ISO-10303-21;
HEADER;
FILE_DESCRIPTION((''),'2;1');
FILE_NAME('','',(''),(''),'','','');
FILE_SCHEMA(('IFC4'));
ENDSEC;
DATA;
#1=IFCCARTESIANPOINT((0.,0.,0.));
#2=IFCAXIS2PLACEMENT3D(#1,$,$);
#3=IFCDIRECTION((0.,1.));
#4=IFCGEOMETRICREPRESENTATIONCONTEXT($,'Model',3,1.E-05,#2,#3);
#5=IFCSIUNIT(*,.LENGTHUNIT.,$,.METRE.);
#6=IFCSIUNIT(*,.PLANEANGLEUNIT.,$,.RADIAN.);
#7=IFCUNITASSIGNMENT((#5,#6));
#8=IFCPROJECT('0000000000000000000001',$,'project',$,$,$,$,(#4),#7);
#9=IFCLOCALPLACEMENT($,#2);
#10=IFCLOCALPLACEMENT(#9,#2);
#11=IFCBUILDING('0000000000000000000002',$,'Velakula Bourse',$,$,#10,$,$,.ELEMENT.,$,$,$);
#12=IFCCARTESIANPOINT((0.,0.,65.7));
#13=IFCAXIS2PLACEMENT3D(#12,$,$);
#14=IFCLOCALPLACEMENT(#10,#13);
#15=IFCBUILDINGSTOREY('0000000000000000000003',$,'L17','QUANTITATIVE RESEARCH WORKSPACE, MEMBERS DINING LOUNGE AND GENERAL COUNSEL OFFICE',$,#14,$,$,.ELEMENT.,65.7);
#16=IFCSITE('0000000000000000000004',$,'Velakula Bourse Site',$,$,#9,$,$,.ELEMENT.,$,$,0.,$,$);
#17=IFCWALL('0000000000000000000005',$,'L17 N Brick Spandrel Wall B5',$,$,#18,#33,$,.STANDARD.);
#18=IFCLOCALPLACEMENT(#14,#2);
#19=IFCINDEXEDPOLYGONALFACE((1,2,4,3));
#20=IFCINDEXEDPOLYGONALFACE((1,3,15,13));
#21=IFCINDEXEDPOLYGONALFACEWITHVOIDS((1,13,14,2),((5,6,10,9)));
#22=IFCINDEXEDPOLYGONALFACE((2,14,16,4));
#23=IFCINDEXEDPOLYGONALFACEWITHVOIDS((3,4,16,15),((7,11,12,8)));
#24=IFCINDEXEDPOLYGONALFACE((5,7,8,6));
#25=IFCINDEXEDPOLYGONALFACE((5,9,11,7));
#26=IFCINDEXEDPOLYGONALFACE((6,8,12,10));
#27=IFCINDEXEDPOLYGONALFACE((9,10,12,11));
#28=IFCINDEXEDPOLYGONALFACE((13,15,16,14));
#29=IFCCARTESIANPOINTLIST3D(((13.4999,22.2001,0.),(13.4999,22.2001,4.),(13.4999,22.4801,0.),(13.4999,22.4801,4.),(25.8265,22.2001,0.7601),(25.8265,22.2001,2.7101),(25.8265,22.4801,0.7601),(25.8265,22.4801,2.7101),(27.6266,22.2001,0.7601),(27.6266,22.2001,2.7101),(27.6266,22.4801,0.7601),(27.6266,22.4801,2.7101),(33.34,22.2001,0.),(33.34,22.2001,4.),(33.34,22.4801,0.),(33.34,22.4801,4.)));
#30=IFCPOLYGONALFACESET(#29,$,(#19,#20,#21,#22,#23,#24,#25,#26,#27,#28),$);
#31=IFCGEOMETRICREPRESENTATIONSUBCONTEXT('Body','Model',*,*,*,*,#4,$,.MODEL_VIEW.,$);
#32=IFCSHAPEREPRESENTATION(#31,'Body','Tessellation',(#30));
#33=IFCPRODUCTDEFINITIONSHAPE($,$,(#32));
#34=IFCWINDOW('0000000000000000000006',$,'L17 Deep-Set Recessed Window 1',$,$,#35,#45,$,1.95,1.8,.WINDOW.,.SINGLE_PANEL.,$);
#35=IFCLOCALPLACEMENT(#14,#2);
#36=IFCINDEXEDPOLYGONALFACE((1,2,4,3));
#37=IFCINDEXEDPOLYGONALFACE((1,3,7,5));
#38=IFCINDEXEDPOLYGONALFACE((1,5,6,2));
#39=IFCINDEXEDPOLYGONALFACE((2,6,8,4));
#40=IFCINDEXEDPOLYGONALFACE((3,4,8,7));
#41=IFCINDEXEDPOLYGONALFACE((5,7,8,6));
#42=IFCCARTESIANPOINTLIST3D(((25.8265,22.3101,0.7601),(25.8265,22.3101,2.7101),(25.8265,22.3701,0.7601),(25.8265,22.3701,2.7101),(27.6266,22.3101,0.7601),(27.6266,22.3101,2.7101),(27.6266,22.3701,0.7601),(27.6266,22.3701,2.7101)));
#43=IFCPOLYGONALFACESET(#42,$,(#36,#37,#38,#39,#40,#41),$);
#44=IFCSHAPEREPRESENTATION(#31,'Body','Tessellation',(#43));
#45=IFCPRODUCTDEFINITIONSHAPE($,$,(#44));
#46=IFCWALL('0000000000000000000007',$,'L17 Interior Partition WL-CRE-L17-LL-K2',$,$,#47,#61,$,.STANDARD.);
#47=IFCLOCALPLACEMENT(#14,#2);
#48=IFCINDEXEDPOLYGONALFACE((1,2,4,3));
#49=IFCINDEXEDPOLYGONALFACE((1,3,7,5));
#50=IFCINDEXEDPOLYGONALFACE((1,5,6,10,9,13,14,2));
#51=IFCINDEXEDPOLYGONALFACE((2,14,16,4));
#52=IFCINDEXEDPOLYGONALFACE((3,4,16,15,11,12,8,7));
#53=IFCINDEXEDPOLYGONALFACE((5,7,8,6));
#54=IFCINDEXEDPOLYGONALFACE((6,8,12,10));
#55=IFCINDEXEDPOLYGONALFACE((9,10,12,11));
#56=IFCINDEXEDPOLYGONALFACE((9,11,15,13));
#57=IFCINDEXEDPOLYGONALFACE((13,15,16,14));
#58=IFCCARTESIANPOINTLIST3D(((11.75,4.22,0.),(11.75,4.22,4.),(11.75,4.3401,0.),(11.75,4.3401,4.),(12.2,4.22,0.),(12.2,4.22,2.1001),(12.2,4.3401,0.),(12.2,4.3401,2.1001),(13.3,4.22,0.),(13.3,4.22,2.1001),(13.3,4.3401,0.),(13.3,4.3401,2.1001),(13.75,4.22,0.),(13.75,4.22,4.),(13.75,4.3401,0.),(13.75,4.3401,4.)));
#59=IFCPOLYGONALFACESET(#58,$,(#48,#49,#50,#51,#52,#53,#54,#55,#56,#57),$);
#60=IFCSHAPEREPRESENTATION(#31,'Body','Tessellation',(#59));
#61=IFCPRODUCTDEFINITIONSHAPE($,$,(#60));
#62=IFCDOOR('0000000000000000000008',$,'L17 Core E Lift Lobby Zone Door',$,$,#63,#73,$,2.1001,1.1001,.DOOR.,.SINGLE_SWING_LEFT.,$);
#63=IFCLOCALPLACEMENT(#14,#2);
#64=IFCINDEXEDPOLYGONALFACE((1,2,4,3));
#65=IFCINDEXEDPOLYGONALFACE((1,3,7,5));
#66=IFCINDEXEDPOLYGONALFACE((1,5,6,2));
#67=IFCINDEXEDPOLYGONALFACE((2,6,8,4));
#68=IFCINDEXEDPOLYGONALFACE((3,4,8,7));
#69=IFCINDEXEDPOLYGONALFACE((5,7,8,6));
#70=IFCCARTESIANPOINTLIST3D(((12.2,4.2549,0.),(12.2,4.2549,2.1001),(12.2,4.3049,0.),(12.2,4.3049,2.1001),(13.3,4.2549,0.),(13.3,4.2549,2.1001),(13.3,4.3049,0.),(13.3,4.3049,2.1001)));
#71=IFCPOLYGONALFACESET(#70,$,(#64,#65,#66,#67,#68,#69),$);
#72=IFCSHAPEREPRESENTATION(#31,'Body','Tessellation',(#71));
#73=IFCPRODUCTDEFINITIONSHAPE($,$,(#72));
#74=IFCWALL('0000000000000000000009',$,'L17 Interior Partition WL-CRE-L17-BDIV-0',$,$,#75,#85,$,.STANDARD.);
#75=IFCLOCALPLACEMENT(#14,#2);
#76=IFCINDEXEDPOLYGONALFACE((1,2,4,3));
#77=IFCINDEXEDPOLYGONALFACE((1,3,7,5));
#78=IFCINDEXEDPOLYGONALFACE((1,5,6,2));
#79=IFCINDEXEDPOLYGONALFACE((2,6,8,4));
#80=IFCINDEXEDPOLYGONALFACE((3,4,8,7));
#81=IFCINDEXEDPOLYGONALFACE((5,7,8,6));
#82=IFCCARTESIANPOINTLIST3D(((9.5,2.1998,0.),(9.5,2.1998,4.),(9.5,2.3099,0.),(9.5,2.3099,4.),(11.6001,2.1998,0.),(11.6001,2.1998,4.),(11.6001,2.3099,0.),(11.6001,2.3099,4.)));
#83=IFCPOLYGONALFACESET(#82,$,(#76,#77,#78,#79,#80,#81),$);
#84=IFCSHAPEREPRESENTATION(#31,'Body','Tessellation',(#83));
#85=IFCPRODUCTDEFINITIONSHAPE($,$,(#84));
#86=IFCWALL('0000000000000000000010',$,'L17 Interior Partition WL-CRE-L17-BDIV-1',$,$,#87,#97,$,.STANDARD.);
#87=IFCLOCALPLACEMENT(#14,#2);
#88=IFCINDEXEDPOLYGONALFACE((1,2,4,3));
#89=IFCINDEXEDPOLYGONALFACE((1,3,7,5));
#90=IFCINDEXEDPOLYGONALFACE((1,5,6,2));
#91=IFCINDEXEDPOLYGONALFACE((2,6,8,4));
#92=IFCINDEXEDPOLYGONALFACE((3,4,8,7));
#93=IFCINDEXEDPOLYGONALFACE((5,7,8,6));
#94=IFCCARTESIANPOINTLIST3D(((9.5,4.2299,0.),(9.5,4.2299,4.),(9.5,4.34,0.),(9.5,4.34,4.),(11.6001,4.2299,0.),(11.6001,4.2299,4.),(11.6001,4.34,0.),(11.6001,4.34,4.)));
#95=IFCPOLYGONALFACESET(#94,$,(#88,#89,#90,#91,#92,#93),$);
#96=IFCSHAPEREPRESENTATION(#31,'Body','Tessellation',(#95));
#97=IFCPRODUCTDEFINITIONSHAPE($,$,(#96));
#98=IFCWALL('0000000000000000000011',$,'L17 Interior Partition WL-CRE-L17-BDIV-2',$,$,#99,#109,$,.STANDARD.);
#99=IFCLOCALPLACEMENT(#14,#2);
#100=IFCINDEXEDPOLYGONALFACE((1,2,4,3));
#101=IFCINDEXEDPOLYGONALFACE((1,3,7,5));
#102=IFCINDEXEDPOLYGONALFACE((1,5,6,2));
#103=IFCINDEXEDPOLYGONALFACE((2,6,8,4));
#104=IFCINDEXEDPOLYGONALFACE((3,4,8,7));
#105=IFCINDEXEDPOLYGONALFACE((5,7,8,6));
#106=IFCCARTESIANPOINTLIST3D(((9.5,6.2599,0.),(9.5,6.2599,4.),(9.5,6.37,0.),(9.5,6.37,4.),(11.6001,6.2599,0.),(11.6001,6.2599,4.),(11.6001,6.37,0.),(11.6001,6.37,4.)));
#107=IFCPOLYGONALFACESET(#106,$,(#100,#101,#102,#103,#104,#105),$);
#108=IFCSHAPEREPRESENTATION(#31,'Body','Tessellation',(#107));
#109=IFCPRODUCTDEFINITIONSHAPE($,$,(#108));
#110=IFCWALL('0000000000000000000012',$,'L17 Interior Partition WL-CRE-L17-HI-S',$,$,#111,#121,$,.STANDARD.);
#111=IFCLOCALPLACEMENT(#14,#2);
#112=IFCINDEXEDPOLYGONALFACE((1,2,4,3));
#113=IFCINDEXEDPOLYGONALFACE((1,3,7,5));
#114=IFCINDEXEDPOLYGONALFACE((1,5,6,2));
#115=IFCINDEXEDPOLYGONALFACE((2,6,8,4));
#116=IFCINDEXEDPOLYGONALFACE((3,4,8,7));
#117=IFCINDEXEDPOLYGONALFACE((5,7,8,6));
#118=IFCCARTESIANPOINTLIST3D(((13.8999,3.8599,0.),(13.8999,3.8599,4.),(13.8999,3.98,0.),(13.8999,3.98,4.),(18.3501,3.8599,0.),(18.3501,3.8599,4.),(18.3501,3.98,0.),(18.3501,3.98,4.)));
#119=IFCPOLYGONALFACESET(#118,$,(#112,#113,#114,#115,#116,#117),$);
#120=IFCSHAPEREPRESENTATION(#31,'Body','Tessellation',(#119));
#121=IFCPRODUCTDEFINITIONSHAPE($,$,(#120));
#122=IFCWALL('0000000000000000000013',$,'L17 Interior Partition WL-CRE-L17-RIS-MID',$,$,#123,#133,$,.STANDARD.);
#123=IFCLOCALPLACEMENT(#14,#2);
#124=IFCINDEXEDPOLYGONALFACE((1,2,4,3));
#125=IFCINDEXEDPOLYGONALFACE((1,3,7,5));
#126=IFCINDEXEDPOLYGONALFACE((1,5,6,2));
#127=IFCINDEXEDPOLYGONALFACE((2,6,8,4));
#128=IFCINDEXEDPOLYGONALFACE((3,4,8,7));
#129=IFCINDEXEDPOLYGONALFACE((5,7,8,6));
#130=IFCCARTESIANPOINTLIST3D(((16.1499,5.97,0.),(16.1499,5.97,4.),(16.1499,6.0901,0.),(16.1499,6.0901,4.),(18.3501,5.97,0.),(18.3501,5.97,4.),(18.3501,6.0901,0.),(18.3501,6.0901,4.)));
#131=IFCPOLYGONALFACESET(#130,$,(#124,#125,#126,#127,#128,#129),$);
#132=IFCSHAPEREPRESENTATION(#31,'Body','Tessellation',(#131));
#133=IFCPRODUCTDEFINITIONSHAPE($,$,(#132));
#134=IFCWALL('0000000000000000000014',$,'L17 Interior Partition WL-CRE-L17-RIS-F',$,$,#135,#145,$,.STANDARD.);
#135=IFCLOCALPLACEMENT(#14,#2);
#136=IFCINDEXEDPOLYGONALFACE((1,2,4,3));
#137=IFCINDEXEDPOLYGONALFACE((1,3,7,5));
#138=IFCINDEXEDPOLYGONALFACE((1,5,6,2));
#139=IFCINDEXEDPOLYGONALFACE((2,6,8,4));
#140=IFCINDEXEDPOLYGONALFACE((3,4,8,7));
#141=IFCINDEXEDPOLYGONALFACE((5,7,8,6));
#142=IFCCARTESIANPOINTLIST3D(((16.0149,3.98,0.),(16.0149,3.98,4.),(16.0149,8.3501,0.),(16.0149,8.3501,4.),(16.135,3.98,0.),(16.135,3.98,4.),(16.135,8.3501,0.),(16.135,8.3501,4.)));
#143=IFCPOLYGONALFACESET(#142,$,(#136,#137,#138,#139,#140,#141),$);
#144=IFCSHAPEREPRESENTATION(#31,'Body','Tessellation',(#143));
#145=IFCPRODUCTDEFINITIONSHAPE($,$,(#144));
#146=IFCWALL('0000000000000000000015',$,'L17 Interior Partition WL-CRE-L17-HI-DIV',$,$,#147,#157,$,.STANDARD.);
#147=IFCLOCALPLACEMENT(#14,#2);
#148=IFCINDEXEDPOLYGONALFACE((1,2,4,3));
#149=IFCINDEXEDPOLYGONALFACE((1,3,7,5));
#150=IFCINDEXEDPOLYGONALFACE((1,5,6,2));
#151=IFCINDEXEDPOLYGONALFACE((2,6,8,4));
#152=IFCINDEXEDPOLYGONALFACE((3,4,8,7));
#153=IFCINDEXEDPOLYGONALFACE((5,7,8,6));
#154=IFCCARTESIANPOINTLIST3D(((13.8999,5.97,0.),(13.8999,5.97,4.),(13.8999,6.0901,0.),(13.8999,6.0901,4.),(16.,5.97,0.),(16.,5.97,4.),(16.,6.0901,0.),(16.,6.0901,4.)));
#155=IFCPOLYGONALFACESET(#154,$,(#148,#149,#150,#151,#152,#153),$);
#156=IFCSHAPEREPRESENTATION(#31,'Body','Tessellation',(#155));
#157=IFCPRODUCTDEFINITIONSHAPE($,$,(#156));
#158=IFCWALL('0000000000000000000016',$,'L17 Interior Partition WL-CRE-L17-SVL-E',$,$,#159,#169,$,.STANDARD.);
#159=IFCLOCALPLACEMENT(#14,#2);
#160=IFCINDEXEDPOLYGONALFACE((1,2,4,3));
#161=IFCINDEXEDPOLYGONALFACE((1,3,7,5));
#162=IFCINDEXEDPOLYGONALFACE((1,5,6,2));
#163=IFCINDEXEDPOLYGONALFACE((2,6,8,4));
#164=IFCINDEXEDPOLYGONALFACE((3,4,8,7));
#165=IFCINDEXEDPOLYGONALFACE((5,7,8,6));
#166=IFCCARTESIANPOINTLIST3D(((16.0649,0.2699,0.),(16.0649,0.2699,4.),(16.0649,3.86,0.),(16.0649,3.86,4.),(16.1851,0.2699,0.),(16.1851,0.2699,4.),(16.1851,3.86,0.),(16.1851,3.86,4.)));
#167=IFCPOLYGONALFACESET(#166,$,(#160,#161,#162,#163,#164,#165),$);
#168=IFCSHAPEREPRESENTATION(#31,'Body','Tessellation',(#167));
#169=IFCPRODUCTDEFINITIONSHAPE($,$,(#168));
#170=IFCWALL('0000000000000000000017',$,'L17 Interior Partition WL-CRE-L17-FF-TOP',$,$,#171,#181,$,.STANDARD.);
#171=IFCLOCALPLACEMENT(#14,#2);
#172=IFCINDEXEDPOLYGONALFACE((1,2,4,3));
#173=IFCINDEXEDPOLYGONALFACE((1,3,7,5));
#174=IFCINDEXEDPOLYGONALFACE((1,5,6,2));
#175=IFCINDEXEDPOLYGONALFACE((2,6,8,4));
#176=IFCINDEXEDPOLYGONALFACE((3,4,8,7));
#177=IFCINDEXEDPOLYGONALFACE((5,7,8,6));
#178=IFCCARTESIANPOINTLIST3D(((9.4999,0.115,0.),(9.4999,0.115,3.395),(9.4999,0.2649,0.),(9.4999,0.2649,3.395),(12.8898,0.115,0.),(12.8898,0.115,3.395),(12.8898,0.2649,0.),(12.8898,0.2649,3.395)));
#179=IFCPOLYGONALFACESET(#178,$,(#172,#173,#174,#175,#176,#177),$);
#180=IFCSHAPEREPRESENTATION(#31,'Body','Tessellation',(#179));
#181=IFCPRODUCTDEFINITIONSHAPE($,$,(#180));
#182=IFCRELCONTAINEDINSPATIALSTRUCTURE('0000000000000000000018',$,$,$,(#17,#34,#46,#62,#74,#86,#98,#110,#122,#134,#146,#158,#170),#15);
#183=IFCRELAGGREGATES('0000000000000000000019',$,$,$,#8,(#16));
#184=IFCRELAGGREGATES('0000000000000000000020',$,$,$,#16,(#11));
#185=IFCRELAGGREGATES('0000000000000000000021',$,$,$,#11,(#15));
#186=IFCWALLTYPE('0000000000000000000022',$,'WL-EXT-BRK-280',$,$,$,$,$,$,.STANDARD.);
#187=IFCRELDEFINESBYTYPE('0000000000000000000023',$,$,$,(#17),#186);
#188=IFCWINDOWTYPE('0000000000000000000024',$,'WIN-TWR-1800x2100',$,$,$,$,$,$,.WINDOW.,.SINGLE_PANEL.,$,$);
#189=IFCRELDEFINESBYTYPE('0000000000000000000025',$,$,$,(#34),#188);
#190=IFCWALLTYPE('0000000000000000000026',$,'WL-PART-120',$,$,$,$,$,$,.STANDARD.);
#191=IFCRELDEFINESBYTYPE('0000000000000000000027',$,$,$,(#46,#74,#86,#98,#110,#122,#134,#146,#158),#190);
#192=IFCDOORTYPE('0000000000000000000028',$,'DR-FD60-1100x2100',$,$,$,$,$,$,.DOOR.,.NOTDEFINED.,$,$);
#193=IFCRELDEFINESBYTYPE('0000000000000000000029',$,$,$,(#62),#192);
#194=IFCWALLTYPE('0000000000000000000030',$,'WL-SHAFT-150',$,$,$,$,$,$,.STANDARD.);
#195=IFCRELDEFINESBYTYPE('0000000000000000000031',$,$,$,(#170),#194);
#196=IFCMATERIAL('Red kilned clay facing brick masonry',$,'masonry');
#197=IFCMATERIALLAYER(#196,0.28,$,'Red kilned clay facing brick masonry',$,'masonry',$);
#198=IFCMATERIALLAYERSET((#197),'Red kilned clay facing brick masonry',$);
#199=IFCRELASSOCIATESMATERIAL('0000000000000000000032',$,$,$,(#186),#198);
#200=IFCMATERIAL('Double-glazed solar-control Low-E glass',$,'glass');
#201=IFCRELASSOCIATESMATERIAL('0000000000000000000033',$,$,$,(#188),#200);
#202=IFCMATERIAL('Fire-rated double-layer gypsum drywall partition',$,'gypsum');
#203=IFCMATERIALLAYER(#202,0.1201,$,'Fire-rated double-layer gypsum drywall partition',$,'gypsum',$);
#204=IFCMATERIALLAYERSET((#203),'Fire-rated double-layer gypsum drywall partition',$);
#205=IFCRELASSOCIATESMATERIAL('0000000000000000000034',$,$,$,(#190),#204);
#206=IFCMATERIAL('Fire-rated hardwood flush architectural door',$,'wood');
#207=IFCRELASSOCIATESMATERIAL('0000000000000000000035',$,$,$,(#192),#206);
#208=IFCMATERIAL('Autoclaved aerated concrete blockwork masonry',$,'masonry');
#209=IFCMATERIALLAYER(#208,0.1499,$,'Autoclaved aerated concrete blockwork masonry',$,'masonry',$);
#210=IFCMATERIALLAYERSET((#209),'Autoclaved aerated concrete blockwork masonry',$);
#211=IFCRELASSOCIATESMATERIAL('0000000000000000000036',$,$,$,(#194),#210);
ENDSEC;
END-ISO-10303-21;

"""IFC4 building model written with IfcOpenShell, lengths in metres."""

from ifc_helpers import new_model, si_unit, direction, frame, frame_2d, origin, place, context, subcontext, project, spatial, rectangle, extrude, material, layer, layer_set, type_object, element, fill, save


model = new_model("IFC4")

# Units and contexts
model_context = context("Model", 3, precision=1e-05, world=origin(), true_north=direction((0.0, 1.0)))
body_context = subcontext(model_context, "Body", "Model", "MODEL_VIEW")
ifc_project = project(units=[si_unit("LENGTHUNIT", "METRE"), si_unit("PLANEANGLEUNIT", "RADIAN")], contexts=[model_context])

# Site, building, storey
site_placement = place(None, origin())
site = spatial("IfcSite", under=ifc_project, at=site_placement, Name="Velakula Bourse Site", CompositionType="ELEMENT", RefElevation=0.0)
building_placement = place(site_placement, origin())
building = spatial("IfcBuilding", under=site, at=building_placement, Name="Velakula Bourse", CompositionType="ELEMENT")
storey_placement = place(building_placement, frame((0.0, 0.0, 65.7)))
storey = spatial("IfcBuildingStorey", under=building, at=storey_placement, Name="L17", Description="QUANTITATIVE RESEARCH WORKSPACE, MEMBERS DINING LOUNGE AND GENERAL COUNSEL OFFICE", CompositionType="ELEMENT", Elevation=65.7)

# Wall, opening, window
ifc_material_1 = material(Name="Red kilned clay facing brick masonry", Category="masonry")
ifc_layer_1 = layer(ifc_material_1, 0.28, Name="Red kilned clay facing brick masonry", Category="masonry")
ifc_layer_set_1 = layer_set([ifc_layer_1], Name="Red kilned clay facing brick masonry")
wall_type_1 = type_object("IfcWallType", Name="WL-EXT-BRK-280", PredefinedType="STANDARD", material=ifc_layer_set_1)
wall_1_placement = place(storey_placement, frame((13.5, 22.3401, 0.0), z_axis=(0.0, 0.0, 1.0), x_axis=(1.0, 0.0, 0.0)))
wall_1 = element("IfcWall", 1, at=wall_1_placement, inside=storey, type_object=wall_type_1, Name="L17 N Brick Spandrel Wall B5", PredefinedType="STANDARD", context=body_context, shape_type="SweptSolid", body=[
    extrude(rectangle(XDim=19.8401, YDim=0.28, at=frame_2d((9.9199, 0.0))), origin(), (0.0, 0.0, 1.0), 4.0),
])
opening_1_placement = place(wall_1_placement, frame((12.3267, 0.0, 0.76)))
opening_1 = element("IfcOpeningElement", 2, at=opening_1_placement, cuts=wall_1, PredefinedType="OPENING", context=body_context, shape_type="SweptSolid", body=[
    extrude(rectangle(XDim=1.8, YDim=1.95, at=frame_2d((0.8999, 0.9751))), frame((0.0, 0.1499, 0.0), z_axis=(0.0, -1.0, 0.0), x_axis=(1.0, 0.0, 0.0)), (0.0, 0.0, 1.0), 0.3),
])
ifc_material_2 = material(Name="Double-glazed solar-control Low-E glass", Category="glass")
window_type = type_object("IfcWindowType", Name="WIN-TWR-1800x2100", PartitioningType="SINGLE_PANEL", PredefinedType="WINDOW", material=ifc_material_2)
window_placement = place(opening_1_placement, origin())
window = element("IfcWindow", 3, at=window_placement, inside=storey, type_object=window_type, Name="L17 Deep-Set Recessed Window 1", OverallHeight=1.95, OverallWidth=1.8, PartitioningType="SINGLE_PANEL", PredefinedType="WINDOW", context=body_context, shape_type="SweptSolid", body=[
    extrude(rectangle(XDim=1.8, YDim=1.95, at=frame_2d((0.8999, 0.9751))), frame((0.0, 0.03, 0.0), z_axis=(0.0, -1.0, 0.0), x_axis=(1.0, 0.0, 0.0)), (0.0, 0.0, 1.0), 0.0601),
])
fill(opening_1, window)

# Wall, opening, door
ifc_material_3 = material(Name="Fire-rated double-layer gypsum drywall partition", Category="gypsum")
ifc_layer_2 = layer(ifc_material_3, 0.1201, Name="Fire-rated double-layer gypsum drywall partition", Category="gypsum")
ifc_layer_set_2 = layer_set([ifc_layer_2], Name="Fire-rated double-layer gypsum drywall partition")
wall_type_2 = type_object("IfcWallType", Name="WL-PART-120", PredefinedType="STANDARD", material=ifc_layer_set_2)
wall_2_placement = place(storey_placement, frame((11.75, 4.28, 0.0), z_axis=(0.0, 0.0, 1.0), x_axis=(1.0, 0.0, 0.0)))
wall_2 = element("IfcWall", 4, at=wall_2_placement, inside=storey, type_object=wall_type_2, Name="L17 Interior Partition WL-CRE-L17-LL-K2", PredefinedType="STANDARD", context=body_context, shape_type="SweptSolid", body=[
    extrude(rectangle(XDim=2.0, YDim=0.1201, at=frame_2d((1.0, 0.0))), origin(), (0.0, 0.0, 1.0), 4.0),
])
opening_2_placement = place(wall_2_placement, frame((0.45, 0.0, 0.0)))
opening_2 = element("IfcOpeningElement", 5, at=opening_2_placement, cuts=wall_2, PredefinedType="OPENING", context=body_context, shape_type="SweptSolid", body=[
    extrude(rectangle(XDim=1.1001, YDim=2.1001, at=frame_2d((0.55, 1.05))), frame((0.0, 0.0701, 0.0), z_axis=(0.0, -1.0, 0.0), x_axis=(1.0, 0.0, 0.0)), (0.0, 0.0, 1.0), 0.1401),
])
ifc_material_4 = material(Name="Fire-rated hardwood flush architectural door", Category="wood")
door_type_1 = type_object("IfcDoorType", Name="DR-FD60-1100x2100", OperationType="NOTDEFINED", PredefinedType="DOOR", material=ifc_material_4)
door_1_placement = place(opening_2_placement, origin())
door_1 = element("IfcDoor", 6, at=door_1_placement, inside=storey, type_object=door_type_1, Name="L17 Core E Lift Lobby Zone Door", OperationType="SINGLE_SWING_LEFT", OverallHeight=2.1001, OverallWidth=1.1001, PredefinedType="DOOR", context=body_context, shape_type="SweptSolid", body=[
    extrude(rectangle(XDim=1.1001, YDim=2.1001, at=frame_2d((0.55, 1.05))), frame((0.0, 0.0249, 0.0), z_axis=(0.0, -1.0, 0.0), x_axis=(1.0, 0.0, 0.0)), (0.0, 0.0, 1.0), 0.05),
])
fill(opening_2, door_1)

# Walls
for number, where, z_axis, x_axis, name in (
    (7, (9.5, 2.2549, 0.0), (0.0, 0.0, 1.0), (1.0, 0.0, 0.0), "L17 Interior Partition WL-CRE-L17-BDIV-0"),
    (8, (9.5, 4.2849, 0.0), (0.0, 0.0, 1.0), (1.0, 0.0, 0.0), "L17 Interior Partition WL-CRE-L17-BDIV-1"),
    (9, (9.5, 6.3149, 0.0), (0.0, 0.0, 1.0), (1.0, 0.0, 0.0), "L17 Interior Partition WL-CRE-L17-BDIV-2"),
):
    element("IfcWall", number, at=place(storey_placement, frame(where, z_axis=z_axis, x_axis=x_axis)), inside=storey, type_object=wall_type_2, Name=name, PredefinedType="STANDARD", context=body_context, shape_type="SweptSolid", body=[
        extrude(rectangle(XDim=2.1001, YDim=0.1101, at=frame_2d((1.05, 0.0))), origin(), (0.0, 0.0, 1.0), 4.0),
    ])
wall_3_placement = place(storey_placement, frame((13.8999, 3.9199, 0.0), z_axis=(0.0, 0.0, 1.0), x_axis=(1.0, 0.0, 0.0)))
element("IfcWall", 10, at=wall_3_placement, inside=storey, type_object=wall_type_2, Name="L17 Interior Partition WL-CRE-L17-HI-S", PredefinedType="STANDARD", context=body_context, shape_type="SweptSolid", body=[
    extrude(rectangle(XDim=4.4502, YDim=0.1201, at=frame_2d((2.2251, 0.0))), origin(), (0.0, 0.0, 1.0), 4.0),
])
wall_4_placement = place(storey_placement, frame((16.1499, 6.03, 0.0), z_axis=(0.0, 0.0, 1.0), x_axis=(1.0, 0.0, 0.0)))
element("IfcWall", 11, at=wall_4_placement, inside=storey, type_object=wall_type_2, Name="L17 Interior Partition WL-CRE-L17-RIS-MID", PredefinedType="STANDARD", context=body_context, shape_type="SweptSolid", body=[
    extrude(rectangle(XDim=2.2002, YDim=0.1201, at=frame_2d((1.1001, 0.0))), origin(), (0.0, 0.0, 1.0), 4.0),
])
wall_5_placement = place(storey_placement, frame((16.075, 3.98, 0.0), z_axis=(0.0, 0.0, 1.0), x_axis=(0.0, 1.0, 0.0)))
element("IfcWall", 12, at=wall_5_placement, inside=storey, type_object=wall_type_2, Name="L17 Interior Partition WL-CRE-L17-RIS-F", PredefinedType="STANDARD", context=body_context, shape_type="SweptSolid", body=[
    extrude(rectangle(XDim=4.3701, YDim=0.1201, at=frame_2d((2.1851, 0.0))), origin(), (0.0, 0.0, 1.0), 4.0),
])
wall_6_placement = place(storey_placement, frame((13.8999, 6.03, 0.0), z_axis=(0.0, 0.0, 1.0), x_axis=(1.0, 0.0, 0.0)))
element("IfcWall", 13, at=wall_6_placement, inside=storey, type_object=wall_type_2, Name="L17 Interior Partition WL-CRE-L17-HI-DIV", PredefinedType="STANDARD", context=body_context, shape_type="SweptSolid", body=[
    extrude(rectangle(XDim=2.1001, YDim=0.1201, at=frame_2d((1.05, 0.0))), origin(), (0.0, 0.0, 1.0), 4.0),
])
wall_7_placement = place(storey_placement, frame((16.125, 0.27, 0.0), z_axis=(0.0, 0.0, 1.0), x_axis=(0.0, 1.0, 0.0)))
element("IfcWall", 14, at=wall_7_placement, inside=storey, type_object=wall_type_2, Name="L17 Interior Partition WL-CRE-L17-SVL-E", PredefinedType="STANDARD", context=body_context, shape_type="SweptSolid", body=[
    extrude(rectangle(XDim=3.5901, YDim=0.1201, at=frame_2d((1.7949, 0.0))), origin(), (0.0, 0.0, 1.0), 4.0),
])
ifc_material_5 = material(Name="Autoclaved aerated concrete blockwork masonry", Category="masonry")
ifc_layer_3 = layer(ifc_material_5, 0.1499, Name="Autoclaved aerated concrete blockwork masonry", Category="masonry")
ifc_layer_set_3 = layer_set([ifc_layer_3], Name="Autoclaved aerated concrete blockwork masonry")
wall_type_3 = type_object("IfcWallType", Name="WL-SHAFT-150", PredefinedType="STANDARD", material=ifc_layer_set_3)
wall_8_placement = place(storey_placement, frame((9.5, 0.1899, 0.0), z_axis=(0.0, 0.0, 1.0), x_axis=(1.0, 0.0, 0.0)))
element("IfcWall", 15, at=wall_8_placement, inside=storey, type_object=wall_type_3, Name="L17 Interior Partition WL-CRE-L17-FF-TOP", PredefinedType="STANDARD", context=body_context, shape_type="SweptSolid", body=[
    extrude(rectangle(XDim=3.3899, YDim=0.1499, at=frame_2d((1.6948, 0.0))), origin(), (0.0, 0.0, 1.0), 3.395),
])

save(model, "model.ifc")
